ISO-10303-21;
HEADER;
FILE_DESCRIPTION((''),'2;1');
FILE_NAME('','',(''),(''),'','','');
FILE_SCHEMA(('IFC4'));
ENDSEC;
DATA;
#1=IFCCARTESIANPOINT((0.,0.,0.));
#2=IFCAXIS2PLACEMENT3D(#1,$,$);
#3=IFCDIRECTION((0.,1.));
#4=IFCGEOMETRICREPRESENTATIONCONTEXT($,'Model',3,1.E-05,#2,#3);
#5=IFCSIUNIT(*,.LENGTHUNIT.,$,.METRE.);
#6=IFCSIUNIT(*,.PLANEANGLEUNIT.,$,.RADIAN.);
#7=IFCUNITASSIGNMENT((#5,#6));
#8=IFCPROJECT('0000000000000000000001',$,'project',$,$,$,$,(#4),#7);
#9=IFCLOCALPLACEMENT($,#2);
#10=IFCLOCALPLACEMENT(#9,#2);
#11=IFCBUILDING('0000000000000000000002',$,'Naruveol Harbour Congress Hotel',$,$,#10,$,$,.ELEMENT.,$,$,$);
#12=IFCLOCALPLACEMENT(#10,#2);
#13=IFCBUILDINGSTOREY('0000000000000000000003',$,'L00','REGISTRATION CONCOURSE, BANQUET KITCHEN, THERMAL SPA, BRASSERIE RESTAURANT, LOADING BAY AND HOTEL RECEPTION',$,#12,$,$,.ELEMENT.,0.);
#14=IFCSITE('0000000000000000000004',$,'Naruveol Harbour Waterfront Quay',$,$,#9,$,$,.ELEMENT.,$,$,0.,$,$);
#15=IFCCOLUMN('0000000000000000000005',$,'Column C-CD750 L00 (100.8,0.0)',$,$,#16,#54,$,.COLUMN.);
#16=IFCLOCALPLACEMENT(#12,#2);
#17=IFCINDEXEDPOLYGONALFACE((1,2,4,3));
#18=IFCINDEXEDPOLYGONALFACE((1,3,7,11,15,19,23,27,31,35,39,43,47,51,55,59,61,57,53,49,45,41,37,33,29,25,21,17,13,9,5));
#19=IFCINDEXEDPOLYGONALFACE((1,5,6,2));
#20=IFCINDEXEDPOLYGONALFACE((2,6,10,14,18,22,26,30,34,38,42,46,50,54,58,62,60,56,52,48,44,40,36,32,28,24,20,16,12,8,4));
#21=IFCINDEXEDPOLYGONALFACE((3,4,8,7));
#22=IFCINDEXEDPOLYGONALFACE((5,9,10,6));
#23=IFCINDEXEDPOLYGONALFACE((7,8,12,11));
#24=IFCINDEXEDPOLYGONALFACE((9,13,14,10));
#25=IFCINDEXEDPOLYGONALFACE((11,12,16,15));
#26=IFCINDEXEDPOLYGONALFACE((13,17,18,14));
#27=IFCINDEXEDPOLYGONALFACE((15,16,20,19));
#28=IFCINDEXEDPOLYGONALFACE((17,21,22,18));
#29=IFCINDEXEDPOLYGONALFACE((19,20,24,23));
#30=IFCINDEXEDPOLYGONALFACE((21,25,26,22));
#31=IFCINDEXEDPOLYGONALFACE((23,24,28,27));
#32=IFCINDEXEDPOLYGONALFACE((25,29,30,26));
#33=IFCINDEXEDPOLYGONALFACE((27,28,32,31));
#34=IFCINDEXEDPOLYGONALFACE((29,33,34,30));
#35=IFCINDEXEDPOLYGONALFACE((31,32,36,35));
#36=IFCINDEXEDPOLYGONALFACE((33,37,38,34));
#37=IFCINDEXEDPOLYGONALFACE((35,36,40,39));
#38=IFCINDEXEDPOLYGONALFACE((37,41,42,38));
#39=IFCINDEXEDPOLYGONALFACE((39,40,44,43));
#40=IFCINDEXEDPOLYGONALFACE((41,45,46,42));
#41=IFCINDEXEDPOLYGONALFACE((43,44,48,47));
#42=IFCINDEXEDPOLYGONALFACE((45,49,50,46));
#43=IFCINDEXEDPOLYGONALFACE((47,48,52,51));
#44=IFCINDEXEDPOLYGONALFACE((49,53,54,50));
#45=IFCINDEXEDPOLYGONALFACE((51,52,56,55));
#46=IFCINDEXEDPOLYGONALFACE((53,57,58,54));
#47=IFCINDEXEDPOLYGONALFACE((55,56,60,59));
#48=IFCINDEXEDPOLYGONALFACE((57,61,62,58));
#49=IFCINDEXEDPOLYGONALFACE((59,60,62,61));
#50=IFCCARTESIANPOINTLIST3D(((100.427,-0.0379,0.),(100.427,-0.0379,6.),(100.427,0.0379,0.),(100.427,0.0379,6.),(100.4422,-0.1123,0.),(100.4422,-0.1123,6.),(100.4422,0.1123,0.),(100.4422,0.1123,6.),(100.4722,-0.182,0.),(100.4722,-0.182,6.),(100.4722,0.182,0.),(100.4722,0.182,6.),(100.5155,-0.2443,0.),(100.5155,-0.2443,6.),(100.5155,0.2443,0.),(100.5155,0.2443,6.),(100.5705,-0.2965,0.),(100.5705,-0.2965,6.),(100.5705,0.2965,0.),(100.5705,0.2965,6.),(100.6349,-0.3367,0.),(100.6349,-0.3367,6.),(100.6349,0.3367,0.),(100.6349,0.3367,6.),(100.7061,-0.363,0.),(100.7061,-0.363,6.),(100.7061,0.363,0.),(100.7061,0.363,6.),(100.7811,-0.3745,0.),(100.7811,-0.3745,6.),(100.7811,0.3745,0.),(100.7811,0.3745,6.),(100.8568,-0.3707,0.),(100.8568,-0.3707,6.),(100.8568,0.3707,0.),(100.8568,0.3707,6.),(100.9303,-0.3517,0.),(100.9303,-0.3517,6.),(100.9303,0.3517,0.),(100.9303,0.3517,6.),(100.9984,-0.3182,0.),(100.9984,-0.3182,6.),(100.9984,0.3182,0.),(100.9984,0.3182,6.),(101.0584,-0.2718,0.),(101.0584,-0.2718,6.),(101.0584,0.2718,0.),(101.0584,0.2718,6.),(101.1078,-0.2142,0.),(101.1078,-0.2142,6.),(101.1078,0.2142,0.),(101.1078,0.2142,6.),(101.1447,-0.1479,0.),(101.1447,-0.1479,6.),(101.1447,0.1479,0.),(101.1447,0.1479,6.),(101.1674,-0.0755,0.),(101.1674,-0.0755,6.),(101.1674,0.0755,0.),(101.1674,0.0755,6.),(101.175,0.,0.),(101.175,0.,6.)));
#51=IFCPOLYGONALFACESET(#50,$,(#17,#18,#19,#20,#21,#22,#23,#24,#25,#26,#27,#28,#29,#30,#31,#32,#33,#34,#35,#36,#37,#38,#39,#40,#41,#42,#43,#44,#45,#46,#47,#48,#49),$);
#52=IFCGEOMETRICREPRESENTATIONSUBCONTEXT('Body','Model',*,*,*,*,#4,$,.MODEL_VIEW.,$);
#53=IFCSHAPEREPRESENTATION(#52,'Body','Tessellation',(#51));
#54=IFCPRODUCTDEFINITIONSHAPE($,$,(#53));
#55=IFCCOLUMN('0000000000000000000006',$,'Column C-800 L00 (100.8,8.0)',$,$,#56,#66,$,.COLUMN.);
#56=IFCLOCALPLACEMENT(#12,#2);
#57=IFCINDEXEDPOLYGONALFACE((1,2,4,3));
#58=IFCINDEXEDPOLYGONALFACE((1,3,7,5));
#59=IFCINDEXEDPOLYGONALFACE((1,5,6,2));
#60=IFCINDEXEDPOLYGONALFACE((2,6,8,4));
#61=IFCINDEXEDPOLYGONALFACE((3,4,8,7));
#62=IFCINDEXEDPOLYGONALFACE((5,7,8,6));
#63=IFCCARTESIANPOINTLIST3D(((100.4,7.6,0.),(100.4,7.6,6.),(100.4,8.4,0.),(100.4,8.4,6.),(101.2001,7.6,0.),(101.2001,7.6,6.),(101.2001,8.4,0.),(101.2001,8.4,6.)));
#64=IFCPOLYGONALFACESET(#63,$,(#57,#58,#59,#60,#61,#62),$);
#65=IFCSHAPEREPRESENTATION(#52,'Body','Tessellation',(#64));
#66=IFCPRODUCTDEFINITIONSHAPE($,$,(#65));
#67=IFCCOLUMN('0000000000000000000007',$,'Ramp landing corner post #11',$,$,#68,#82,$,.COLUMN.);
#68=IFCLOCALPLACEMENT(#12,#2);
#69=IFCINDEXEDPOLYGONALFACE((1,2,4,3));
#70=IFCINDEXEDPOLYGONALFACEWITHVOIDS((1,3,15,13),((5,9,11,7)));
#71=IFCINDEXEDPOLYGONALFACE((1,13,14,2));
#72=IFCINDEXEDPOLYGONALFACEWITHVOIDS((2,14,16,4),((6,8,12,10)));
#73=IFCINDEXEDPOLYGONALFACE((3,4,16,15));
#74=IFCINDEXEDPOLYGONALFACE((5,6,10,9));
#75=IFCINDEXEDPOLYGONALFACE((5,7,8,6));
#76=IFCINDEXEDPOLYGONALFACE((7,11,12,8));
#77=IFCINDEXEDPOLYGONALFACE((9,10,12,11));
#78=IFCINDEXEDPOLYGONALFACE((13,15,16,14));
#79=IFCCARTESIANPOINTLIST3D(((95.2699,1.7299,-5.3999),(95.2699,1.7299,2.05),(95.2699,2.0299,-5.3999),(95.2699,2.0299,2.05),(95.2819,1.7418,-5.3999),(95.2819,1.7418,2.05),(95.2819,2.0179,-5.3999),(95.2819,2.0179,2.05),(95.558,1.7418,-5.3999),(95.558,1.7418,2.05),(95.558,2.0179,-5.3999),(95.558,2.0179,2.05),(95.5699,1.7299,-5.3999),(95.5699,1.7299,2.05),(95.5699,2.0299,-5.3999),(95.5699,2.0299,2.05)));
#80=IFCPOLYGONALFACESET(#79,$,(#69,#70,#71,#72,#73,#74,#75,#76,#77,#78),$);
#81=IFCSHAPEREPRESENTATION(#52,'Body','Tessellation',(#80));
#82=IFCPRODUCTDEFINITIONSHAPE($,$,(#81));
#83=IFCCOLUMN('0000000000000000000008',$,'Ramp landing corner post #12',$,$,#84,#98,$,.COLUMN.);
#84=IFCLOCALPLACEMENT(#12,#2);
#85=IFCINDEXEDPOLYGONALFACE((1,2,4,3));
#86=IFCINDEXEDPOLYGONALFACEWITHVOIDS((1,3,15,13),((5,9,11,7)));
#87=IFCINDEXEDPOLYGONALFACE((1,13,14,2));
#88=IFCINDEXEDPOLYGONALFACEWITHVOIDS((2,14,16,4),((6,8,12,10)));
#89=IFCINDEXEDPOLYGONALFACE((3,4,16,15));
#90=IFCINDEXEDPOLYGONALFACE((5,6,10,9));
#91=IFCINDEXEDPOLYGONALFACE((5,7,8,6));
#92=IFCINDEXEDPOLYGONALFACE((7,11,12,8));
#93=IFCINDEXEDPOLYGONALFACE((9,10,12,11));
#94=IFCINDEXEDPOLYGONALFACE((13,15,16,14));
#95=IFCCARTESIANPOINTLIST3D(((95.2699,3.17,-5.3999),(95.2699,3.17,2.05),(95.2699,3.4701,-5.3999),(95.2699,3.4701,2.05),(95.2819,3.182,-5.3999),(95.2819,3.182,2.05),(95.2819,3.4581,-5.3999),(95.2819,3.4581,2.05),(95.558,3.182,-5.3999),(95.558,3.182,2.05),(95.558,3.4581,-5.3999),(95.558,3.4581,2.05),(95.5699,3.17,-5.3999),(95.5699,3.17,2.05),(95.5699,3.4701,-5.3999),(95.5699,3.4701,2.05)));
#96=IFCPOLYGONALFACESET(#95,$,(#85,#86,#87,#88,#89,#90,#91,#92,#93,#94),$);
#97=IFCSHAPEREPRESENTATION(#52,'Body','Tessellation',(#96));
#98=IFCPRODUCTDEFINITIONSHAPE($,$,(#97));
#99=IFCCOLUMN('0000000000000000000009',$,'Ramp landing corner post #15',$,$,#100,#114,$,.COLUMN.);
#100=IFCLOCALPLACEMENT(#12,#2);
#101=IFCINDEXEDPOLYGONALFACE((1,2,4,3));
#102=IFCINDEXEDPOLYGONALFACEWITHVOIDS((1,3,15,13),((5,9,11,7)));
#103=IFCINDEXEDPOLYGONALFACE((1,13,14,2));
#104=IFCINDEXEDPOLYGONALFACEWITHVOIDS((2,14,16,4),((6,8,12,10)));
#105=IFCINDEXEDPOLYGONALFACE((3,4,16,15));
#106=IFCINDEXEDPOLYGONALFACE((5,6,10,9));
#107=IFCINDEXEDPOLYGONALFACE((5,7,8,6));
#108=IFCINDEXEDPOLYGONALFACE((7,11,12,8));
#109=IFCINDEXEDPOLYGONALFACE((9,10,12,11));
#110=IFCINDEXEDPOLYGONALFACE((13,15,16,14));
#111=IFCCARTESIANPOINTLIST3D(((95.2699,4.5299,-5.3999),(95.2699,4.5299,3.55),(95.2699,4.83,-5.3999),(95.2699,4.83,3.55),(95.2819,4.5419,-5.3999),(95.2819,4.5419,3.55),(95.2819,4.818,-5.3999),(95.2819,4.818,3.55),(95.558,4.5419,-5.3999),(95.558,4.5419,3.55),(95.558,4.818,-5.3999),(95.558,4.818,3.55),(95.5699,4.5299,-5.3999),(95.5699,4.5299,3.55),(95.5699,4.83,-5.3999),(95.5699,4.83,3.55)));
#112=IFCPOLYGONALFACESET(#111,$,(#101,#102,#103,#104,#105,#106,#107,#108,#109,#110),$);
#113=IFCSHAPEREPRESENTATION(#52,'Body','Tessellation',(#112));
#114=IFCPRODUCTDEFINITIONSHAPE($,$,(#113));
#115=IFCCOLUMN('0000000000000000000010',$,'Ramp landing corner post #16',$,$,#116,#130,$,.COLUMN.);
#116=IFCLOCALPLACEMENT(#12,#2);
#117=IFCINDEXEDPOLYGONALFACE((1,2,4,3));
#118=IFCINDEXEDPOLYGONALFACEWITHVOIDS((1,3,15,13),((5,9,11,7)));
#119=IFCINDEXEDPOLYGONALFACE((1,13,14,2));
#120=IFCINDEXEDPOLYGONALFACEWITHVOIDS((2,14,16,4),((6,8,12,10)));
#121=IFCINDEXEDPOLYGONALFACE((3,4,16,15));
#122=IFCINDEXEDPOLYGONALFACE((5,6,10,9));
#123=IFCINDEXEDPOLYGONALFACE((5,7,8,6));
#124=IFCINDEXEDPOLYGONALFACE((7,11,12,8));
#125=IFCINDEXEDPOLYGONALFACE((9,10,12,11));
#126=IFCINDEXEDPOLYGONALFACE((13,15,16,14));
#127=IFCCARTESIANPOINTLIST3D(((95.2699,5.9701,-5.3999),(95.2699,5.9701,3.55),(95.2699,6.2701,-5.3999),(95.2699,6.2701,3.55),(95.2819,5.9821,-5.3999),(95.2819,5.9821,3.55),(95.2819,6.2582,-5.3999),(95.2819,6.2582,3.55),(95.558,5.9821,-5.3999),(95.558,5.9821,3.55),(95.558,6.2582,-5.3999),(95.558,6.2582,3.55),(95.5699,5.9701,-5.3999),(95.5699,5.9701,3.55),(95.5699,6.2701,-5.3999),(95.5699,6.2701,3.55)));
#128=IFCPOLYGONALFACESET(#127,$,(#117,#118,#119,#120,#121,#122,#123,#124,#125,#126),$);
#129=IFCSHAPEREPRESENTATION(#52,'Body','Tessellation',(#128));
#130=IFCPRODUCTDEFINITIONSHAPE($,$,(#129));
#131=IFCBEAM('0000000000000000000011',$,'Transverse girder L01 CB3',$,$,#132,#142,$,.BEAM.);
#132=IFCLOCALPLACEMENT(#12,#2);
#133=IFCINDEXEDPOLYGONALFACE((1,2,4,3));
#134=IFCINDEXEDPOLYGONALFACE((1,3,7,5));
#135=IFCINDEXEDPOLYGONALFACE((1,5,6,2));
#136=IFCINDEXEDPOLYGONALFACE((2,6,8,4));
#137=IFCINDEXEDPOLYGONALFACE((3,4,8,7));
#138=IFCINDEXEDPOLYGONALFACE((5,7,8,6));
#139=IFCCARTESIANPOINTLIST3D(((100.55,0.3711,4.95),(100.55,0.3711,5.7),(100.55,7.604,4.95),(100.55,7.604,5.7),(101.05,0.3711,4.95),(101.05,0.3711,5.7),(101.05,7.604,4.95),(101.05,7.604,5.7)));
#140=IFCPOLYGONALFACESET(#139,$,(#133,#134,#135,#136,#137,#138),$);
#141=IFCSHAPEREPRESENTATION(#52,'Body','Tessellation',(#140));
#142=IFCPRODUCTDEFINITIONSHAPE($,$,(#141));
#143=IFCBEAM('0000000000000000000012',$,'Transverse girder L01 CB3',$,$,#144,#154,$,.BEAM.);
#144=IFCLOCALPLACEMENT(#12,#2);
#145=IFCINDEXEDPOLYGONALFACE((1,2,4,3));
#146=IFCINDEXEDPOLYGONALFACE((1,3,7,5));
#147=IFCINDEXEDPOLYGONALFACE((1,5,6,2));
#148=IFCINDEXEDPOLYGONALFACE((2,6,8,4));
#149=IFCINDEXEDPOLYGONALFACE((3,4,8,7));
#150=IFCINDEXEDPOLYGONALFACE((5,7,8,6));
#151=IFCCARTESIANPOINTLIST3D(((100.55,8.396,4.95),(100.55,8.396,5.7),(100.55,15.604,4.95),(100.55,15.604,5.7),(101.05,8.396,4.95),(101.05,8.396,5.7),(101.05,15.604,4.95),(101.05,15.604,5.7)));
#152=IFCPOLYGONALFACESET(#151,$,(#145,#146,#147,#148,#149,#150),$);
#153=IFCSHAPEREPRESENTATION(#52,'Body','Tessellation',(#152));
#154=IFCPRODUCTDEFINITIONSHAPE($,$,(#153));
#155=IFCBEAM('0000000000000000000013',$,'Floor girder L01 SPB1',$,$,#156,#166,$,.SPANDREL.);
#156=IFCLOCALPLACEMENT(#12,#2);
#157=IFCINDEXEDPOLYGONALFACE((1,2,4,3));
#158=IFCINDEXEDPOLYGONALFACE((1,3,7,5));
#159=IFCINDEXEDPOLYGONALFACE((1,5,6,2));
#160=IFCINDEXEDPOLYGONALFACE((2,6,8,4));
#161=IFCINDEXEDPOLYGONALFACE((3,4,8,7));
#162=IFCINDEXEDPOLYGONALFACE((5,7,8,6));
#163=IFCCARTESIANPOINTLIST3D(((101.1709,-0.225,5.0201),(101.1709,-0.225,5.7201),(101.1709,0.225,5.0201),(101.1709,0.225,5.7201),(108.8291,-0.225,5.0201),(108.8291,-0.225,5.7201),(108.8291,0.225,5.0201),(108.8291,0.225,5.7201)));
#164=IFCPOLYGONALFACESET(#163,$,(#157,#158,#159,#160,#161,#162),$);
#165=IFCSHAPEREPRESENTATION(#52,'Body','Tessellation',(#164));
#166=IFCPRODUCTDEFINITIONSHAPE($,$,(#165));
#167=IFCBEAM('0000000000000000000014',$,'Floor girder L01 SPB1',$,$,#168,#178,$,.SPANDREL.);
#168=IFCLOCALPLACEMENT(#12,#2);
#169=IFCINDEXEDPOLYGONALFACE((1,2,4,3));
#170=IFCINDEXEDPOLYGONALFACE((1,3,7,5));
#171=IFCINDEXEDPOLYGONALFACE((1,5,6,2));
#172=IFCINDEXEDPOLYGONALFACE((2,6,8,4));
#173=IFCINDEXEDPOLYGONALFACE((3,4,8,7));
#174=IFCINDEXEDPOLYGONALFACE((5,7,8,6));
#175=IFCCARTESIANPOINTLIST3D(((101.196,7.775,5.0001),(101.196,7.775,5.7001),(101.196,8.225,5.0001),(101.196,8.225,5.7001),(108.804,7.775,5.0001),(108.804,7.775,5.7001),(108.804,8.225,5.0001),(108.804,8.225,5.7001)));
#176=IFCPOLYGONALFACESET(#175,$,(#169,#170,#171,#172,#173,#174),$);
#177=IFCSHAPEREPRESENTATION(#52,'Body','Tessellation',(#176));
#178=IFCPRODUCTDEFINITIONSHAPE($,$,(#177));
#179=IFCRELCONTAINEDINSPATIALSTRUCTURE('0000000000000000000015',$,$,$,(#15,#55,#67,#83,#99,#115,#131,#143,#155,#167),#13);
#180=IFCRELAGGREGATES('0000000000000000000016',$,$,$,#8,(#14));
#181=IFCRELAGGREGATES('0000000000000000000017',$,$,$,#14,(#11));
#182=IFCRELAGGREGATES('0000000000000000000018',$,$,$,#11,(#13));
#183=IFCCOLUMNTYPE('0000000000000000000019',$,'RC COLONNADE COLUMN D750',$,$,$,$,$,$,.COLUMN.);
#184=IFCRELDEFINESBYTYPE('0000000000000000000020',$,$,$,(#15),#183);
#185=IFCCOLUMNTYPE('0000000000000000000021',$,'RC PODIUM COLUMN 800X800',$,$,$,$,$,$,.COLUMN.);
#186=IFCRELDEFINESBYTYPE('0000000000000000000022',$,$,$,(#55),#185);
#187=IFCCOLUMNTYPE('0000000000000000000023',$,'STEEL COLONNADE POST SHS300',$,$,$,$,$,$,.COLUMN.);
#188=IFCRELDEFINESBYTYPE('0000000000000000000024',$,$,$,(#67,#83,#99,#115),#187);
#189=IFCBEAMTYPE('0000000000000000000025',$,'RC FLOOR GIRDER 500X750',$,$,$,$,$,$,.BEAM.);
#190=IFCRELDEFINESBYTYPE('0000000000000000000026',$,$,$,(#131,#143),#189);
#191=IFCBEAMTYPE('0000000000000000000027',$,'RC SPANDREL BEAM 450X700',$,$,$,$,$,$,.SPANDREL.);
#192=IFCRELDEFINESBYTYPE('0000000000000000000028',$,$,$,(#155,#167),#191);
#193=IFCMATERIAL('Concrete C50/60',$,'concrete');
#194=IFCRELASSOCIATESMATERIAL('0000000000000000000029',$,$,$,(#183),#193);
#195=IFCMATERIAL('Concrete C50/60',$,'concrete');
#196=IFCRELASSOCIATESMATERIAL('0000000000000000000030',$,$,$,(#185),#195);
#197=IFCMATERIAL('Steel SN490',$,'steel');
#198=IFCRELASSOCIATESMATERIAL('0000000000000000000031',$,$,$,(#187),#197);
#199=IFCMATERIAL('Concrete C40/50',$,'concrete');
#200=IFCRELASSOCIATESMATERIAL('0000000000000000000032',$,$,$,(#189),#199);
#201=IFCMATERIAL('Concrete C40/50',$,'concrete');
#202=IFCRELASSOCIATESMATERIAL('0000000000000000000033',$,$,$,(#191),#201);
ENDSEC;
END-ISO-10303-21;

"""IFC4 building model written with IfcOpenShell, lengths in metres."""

from ifc_helpers import new_model, si_unit, direction, frame, origin, origin_2d, place, context, subcontext, project, spatial, rectangle, hollow_rectangle, circle, extrude, material, material_profile, profile_set, type_object, element, save


model = new_model("IFC4")

# Units and contexts
model_context = context("Model", 3, precision=1e-05, world=origin(), true_north=direction((0.0, 1.0)))
body_context = subcontext(model_context, "Body", "Model", "MODEL_VIEW")
ifc_project = project(units=[si_unit("LENGTHUNIT", "METRE"), si_unit("PLANEANGLEUNIT", "RADIAN")], contexts=[model_context])

# Site, building, storey
site_placement = place(None, origin())
site = spatial("IfcSite", under=ifc_project, at=site_placement, Name="Naruveol Harbour Waterfront Quay", CompositionType="ELEMENT", RefElevation=0.0)
building_placement = place(site_placement, origin())
building = spatial("IfcBuilding", under=site, at=building_placement, Name="Naruveol Harbour Congress Hotel", CompositionType="ELEMENT")
storey_placement = place(building_placement, origin())
storey = spatial("IfcBuildingStorey", under=building, at=storey_placement, Name="L00", Description="REGISTRATION CONCOURSE, BANQUET KITCHEN, THERMAL SPA, BRASSERIE RESTAURANT, LOADING BAY AND HOTEL RECEPTION", CompositionType="ELEMENT", Elevation=0.0)

# Columns
ifc_material_1 = material(Name="Concrete C50/60", Category="concrete")
ifc_material_profile_1 = material_profile(ifc_material_1, circle(Radius=0.375, at=origin_2d()), Name="RC-D750")
ifc_profile_set_1 = profile_set([ifc_material_profile_1], Name="Concrete C50/60")
column_type_1 = type_object("IfcColumnType", Name="RC COLONNADE COLUMN D750", PredefinedType="COLUMN", material=ifc_profile_set_1)
column_1_placement = place(storey_placement, frame((100.8, 0.0, 0.0), z_axis=(0.0, 0.0, 1.0), x_axis=(1.0, 0.0, 0.0)))
element("IfcColumn", 1, at=column_1_placement, inside=storey, type_object=column_type_1, Name="Column C-CD750 L00 (100.8,0.0)", PredefinedType="COLUMN", context=body_context, shape_type="SweptSolid", body=[
    extrude(circle(Radius=0.375, at=origin_2d()), origin(), (0.0, 0.0, 1.0), 6.0),
])
ifc_material_2 = material(Name="Concrete C50/60", Category="concrete")
ifc_material_profile_2 = material_profile(ifc_material_2, rectangle(XDim=0.8, YDim=0.8, at=origin_2d()), Name="RC-800x800")
ifc_profile_set_2 = profile_set([ifc_material_profile_2], Name="Concrete C50/60")
column_type_2 = type_object("IfcColumnType", Name="RC PODIUM COLUMN 800X800", PredefinedType="COLUMN", material=ifc_profile_set_2)
column_2_placement = place(storey_placement, frame((100.8, 8.0, 0.0), z_axis=(0.0, 0.0, 1.0), x_axis=(1.0, 0.0, 0.0)))
element("IfcColumn", 2, at=column_2_placement, inside=storey, type_object=column_type_2, Name="Column C-800 L00 (100.8,8.0)", PredefinedType="COLUMN", context=body_context, shape_type="SweptSolid", body=[
    extrude(rectangle(XDim=0.8, YDim=0.8, at=origin_2d()), origin(), (0.0, 0.0, 1.0), 6.0),
])
ifc_material_3 = material(Name="Steel SN490", Category="steel")
ifc_material_profile_3 = material_profile(ifc_material_3, hollow_rectangle(XDim=0.3, YDim=0.3, WallThickness=0.012, at=origin_2d()), Name="SHS-300x300x12")
ifc_profile_set_3 = profile_set([ifc_material_profile_3], Name="Steel SN490")
column_type_3 = type_object("IfcColumnType", Name="STEEL COLONNADE POST SHS300", PredefinedType="COLUMN", material=ifc_profile_set_3)
for number, where, z_axis, x_axis, name in (
    (3, (95.4199, 1.8799, -5.3999), (0.0, 0.0, 1.0), (1.0, 0.0, 0.0), "Ramp landing corner post #11"),
    (4, (95.4199, 3.3201, -5.3999), (0.0, 0.0, 1.0), (1.0, 0.0, 0.0), "Ramp landing corner post #12"),
):
    element("IfcColumn", number, at=place(storey_placement, frame(where, z_axis=z_axis, x_axis=x_axis)), inside=storey, type_object=column_type_3, Name=name, PredefinedType="COLUMN", context=body_context, shape_type="SweptSolid", body=[
        extrude(hollow_rectangle(XDim=0.3, YDim=0.3, WallThickness=0.012, at=origin_2d()), origin(), (0.0, 0.0, 1.0), 7.45),
    ])
for number, where, z_axis, x_axis, name in (
    (5, (95.4199, 4.6799, -5.3999), (0.0, 0.0, 1.0), (1.0, 0.0, 0.0), "Ramp landing corner post #15"),
    (6, (95.4199, 6.1201, -5.3999), (0.0, 0.0, 1.0), (1.0, 0.0, 0.0), "Ramp landing corner post #16"),
):
    element("IfcColumn", number, at=place(storey_placement, frame(where, z_axis=z_axis, x_axis=x_axis)), inside=storey, type_object=column_type_3, Name=name, PredefinedType="COLUMN", context=body_context, shape_type="SweptSolid", body=[
        extrude(hollow_rectangle(XDim=0.3, YDim=0.3, WallThickness=0.012, at=origin_2d()), origin(), (0.0, 0.0, 1.0), 8.95),
    ])

# Beams
ifc_material_4 = material(Name="Concrete C40/50", Category="concrete")
ifc_material_profile_4 = material_profile(ifc_material_4, rectangle(XDim=0.5, YDim=0.75, at=origin_2d()), Name="RCB-500x750")
ifc_profile_set_4 = profile_set([ifc_material_profile_4], Name="Concrete C40/50")
beam_type_1 = type_object("IfcBeamType", Name="RC FLOOR GIRDER 500X750", PredefinedType="BEAM", material=ifc_profile_set_4)
beam_1_placement = place(storey_placement, frame((100.8, 0.3711, 5.325), z_axis=(0.0, 1.0, 0.0), x_axis=(-1.0, 0.0, 0.0)))
element("IfcBeam", 7, at=beam_1_placement, inside=storey, type_object=beam_type_1, Name="Transverse girder L01 CB3", PredefinedType="BEAM", context=body_context, shape_type="SweptSolid", body=[
    extrude(rectangle(XDim=0.5, YDim=0.75, at=origin_2d()), origin(), (0.0, 0.0, 1.0), 7.2329),
])
beam_2_placement = place(storey_placement, frame((100.8, 8.396, 5.325), z_axis=(0.0, 1.0, 0.0), x_axis=(-1.0, 0.0, 0.0)))
element("IfcBeam", 8, at=beam_2_placement, inside=storey, type_object=beam_type_1, Name="Transverse girder L01 CB3", PredefinedType="BEAM", context=body_context, shape_type="SweptSolid", body=[
    extrude(rectangle(XDim=0.5, YDim=0.75, at=origin_2d()), origin(), (0.0, 0.0, 1.0), 7.208),
])
ifc_material_5 = material(Name="Concrete C40/50", Category="concrete")
ifc_material_profile_5 = material_profile(ifc_material_5, rectangle(XDim=0.45, YDim=0.7, at=origin_2d()), Name="RCB-450x700")
ifc_profile_set_5 = profile_set([ifc_material_profile_5], Name="Concrete C40/50")
beam_type_2 = type_object("IfcBeamType", Name="RC SPANDREL BEAM 450X700", PredefinedType="SPANDREL", material=ifc_profile_set_5)
beam_3_placement = place(storey_placement, frame((101.1709, 0.0, 5.3701), z_axis=(1.0, 0.0, 0.0), x_axis=(0.0, 1.0, 0.0)))
element("IfcBeam", 9, at=beam_3_placement, inside=storey, type_object=beam_type_2, Name="Floor girder L01 SPB1", PredefinedType="SPANDREL", context=body_context, shape_type="SweptSolid", body=[
    extrude(rectangle(XDim=0.45, YDim=0.7, at=origin_2d()), origin(), (0.0, 0.0, 1.0), 7.6582),
])
beam_4_placement = place(storey_placement, frame((101.196, 8.0, 5.3501), z_axis=(1.0, 0.0, 0.0), x_axis=(0.0, 1.0, 0.0)))
element("IfcBeam", 10, at=beam_4_placement, inside=storey, type_object=beam_type_2, Name="Floor girder L01 SPB1", PredefinedType="SPANDREL", context=body_context, shape_type="SweptSolid", body=[
    extrude(rectangle(XDim=0.45, YDim=0.7, at=origin_2d()), origin(), (0.0, 0.0, 1.0), 7.6079),
])

save(model, "model.ifc")
